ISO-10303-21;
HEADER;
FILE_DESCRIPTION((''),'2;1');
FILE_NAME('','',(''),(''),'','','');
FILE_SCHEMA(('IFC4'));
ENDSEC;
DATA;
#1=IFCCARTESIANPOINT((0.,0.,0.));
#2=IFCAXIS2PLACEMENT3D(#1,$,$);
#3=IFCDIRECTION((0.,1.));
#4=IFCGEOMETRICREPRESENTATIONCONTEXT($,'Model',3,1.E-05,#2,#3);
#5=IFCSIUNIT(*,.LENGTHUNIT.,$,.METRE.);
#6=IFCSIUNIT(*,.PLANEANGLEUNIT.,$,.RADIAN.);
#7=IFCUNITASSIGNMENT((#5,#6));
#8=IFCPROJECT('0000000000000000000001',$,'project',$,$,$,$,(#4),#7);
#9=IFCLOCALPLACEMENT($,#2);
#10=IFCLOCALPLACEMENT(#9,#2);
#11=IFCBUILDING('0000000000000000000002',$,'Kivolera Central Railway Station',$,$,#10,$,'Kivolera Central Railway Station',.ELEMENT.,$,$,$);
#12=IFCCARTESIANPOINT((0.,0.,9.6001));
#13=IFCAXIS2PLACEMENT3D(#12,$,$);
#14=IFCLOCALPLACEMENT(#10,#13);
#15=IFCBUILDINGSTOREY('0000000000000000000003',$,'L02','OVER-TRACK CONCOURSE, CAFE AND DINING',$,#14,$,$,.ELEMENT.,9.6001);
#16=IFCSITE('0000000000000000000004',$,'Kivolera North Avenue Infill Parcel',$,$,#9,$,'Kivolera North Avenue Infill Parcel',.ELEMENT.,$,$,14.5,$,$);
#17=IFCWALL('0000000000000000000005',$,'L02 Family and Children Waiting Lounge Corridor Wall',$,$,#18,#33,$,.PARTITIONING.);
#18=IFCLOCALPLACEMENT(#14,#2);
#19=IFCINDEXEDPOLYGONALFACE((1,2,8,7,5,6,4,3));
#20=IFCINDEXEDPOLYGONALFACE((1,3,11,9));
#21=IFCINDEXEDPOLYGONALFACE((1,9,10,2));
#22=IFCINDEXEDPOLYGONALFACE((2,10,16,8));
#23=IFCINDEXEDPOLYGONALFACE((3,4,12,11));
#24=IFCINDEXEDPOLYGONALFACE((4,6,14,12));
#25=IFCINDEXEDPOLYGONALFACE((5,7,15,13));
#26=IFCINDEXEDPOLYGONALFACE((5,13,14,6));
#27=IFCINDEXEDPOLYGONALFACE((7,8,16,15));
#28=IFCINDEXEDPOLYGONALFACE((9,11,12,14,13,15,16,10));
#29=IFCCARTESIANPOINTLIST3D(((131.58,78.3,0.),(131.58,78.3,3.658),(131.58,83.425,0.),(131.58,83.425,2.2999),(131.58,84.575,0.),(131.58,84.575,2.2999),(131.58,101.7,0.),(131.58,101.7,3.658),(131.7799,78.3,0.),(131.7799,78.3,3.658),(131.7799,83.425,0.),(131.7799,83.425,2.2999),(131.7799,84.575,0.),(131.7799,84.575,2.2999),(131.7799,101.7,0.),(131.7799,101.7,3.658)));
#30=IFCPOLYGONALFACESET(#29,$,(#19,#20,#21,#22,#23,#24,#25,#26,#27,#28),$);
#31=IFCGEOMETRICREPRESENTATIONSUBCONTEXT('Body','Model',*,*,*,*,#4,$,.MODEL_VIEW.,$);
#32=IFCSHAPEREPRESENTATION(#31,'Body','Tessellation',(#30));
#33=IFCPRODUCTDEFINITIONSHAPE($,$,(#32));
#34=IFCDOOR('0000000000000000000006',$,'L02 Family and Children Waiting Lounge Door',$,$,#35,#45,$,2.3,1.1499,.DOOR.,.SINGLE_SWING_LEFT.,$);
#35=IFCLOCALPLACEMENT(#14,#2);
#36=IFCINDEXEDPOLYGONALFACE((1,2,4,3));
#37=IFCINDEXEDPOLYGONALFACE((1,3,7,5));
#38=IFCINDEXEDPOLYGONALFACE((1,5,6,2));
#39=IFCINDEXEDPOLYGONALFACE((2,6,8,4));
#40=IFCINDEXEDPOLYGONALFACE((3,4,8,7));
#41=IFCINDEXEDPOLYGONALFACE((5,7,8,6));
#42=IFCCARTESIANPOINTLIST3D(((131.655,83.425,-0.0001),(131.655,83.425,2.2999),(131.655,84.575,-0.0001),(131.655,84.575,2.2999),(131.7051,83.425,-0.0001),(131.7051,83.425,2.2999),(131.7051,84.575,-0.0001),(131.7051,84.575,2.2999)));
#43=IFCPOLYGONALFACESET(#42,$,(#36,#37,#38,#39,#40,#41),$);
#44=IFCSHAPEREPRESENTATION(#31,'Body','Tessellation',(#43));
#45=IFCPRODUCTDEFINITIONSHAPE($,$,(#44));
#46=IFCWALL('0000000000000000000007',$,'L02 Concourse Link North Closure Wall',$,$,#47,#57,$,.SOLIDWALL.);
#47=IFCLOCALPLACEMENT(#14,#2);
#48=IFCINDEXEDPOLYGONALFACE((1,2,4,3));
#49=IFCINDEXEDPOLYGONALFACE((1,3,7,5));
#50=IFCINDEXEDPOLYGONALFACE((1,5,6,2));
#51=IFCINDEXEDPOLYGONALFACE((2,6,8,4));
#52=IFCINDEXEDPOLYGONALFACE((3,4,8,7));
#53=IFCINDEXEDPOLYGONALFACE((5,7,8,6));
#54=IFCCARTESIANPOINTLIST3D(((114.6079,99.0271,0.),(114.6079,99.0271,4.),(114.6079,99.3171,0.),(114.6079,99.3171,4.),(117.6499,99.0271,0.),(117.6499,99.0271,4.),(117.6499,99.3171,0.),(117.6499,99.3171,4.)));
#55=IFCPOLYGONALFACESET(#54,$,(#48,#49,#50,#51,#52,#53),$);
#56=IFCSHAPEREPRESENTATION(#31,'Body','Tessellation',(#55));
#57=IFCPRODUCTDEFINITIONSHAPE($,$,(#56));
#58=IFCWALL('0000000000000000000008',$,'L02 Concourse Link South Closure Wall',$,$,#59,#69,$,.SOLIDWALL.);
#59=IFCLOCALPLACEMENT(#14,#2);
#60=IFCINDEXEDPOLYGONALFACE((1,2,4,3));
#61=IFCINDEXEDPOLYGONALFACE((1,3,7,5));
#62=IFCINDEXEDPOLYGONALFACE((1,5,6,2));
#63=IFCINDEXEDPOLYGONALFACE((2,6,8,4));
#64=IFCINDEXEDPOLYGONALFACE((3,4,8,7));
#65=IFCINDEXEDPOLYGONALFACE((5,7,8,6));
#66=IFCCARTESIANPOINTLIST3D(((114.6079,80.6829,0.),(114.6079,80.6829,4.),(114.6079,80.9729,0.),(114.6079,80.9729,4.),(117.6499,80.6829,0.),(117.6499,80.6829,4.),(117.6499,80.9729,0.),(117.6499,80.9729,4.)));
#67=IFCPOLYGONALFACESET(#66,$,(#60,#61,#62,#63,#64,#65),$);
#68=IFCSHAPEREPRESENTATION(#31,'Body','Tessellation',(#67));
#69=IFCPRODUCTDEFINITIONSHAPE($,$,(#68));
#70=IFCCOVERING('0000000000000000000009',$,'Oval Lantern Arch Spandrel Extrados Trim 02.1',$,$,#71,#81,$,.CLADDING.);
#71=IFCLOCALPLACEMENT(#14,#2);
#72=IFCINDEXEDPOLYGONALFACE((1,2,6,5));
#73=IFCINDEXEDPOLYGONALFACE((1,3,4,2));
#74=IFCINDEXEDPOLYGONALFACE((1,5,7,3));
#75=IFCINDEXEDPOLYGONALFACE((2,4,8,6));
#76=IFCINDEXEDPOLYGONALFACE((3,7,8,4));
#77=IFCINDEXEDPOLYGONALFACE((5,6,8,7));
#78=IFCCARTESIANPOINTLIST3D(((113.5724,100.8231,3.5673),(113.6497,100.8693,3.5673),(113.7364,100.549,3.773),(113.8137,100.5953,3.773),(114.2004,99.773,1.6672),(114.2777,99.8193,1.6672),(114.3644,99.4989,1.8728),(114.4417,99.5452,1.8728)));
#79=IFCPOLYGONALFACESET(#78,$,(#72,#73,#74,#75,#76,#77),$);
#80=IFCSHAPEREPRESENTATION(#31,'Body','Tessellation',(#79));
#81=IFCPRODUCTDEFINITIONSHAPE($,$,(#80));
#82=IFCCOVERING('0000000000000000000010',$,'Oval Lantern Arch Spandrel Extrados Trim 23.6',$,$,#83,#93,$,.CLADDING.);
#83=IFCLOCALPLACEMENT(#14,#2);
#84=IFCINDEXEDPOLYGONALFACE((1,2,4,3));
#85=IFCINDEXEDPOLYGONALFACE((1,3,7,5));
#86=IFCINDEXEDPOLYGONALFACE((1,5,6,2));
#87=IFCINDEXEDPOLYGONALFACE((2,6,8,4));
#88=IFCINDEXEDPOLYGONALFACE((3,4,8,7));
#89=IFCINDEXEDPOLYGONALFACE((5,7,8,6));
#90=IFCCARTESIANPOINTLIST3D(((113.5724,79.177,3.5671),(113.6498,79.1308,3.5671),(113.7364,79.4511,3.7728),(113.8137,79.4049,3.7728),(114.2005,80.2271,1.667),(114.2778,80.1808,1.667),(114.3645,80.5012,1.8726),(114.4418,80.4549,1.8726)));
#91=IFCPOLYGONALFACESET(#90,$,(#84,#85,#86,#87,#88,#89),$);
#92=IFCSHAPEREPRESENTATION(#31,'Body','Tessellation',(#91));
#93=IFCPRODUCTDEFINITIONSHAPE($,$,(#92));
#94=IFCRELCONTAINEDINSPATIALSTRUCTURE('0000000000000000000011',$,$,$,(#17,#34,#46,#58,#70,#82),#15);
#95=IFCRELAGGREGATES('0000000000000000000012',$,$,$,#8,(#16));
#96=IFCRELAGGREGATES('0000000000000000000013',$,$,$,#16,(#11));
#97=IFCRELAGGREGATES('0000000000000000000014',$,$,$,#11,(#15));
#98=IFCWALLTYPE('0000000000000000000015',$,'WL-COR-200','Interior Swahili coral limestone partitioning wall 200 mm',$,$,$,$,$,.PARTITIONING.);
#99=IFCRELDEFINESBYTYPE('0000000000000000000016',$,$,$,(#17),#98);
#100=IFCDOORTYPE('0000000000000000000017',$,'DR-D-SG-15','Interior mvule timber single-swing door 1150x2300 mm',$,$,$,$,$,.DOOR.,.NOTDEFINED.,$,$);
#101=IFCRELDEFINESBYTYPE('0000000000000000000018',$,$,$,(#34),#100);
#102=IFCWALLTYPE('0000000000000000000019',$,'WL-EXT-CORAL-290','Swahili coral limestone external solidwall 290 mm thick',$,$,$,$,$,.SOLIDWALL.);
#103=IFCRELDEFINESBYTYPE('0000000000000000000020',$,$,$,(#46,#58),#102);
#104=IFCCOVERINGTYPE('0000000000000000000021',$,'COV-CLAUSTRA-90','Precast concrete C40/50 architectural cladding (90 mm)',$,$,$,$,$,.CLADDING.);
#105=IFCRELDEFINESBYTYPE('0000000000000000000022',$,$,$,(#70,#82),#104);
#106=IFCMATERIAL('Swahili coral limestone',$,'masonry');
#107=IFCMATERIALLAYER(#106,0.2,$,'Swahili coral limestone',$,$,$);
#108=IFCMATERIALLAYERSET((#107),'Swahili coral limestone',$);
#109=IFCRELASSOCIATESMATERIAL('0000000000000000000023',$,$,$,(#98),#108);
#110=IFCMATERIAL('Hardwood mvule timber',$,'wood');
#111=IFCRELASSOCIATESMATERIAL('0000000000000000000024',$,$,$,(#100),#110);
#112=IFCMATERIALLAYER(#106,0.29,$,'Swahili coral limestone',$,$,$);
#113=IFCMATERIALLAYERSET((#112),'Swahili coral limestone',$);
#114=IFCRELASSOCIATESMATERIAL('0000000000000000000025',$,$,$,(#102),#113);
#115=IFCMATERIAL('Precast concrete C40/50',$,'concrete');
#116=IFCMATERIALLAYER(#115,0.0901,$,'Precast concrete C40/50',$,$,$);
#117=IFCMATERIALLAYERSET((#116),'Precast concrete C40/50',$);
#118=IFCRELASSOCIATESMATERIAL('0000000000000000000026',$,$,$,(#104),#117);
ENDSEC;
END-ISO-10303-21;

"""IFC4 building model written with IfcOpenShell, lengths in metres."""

from ifc_helpers import new_model, si_unit, direction, frame, frame_2d, origin, origin_2d, place, context, subcontext, project, spatial, rectangle, extrude, material, layer, layer_set, type_object, element, fill, save


model = new_model("IFC4")

# Units and contexts
model_context = context("Model", 3, precision=1e-05, world=origin(), true_north=direction((0.0, 1.0)))
body_context = subcontext(model_context, "Body", "Model", "MODEL_VIEW")
ifc_project = project(units=[si_unit("LENGTHUNIT", "METRE"), si_unit("PLANEANGLEUNIT", "RADIAN")], contexts=[model_context])

# Site, building, storey
site_placement = place(None, origin())
site = spatial("IfcSite", under=ifc_project, at=site_placement, Name="Kivolera North Avenue Infill Parcel", LongName="Kivolera North Avenue Infill Parcel", CompositionType="ELEMENT", RefElevation=14.5)
building_placement = place(site_placement, origin())
building = spatial("IfcBuilding", under=site, at=building_placement, Name="Kivolera Central Railway Station", LongName="Kivolera Central Railway Station", CompositionType="ELEMENT")
storey_placement = place(building_placement, frame((0.0, 0.0, 9.6001)))
storey = spatial("IfcBuildingStorey", under=building, at=storey_placement, Name="L02", Description="OVER-TRACK CONCOURSE, CAFE AND DINING", CompositionType="ELEMENT", Elevation=9.6001)

# Wall, opening, door
ifc_material_1 = material(Name="Swahili coral limestone", Category="masonry")
ifc_layer_1 = layer(ifc_material_1, 0.2, Name="Swahili coral limestone")
ifc_layer_set_1 = layer_set([ifc_layer_1], Name="Swahili coral limestone")
wall_type_1 = type_object("IfcWallType", Name="WL-COR-200", Description="Interior Swahili coral limestone partitioning wall 200 mm", PredefinedType="PARTITIONING", material=ifc_layer_set_1)
wall_1_placement = place(storey_placement, frame((131.6799, 78.3, 0.0), z_axis=(0.0, 0.0, 1.0), x_axis=(0.0, 1.0, 0.0)))
wall_1 = element("IfcWall", 1, at=wall_1_placement, inside=storey, type_object=wall_type_1, Name="L02 Family and Children Waiting Lounge Corridor Wall", PredefinedType="PARTITIONING", context=body_context, shape_type="SweptSolid", body=[
    extrude(rectangle(XDim=23.3999, YDim=0.2, at=frame_2d((11.7, 0.0))), origin(), (0.0, 0.0, 1.0), 3.658),
])
opening_1_placement = place(wall_1_placement, frame((5.125, 0.0, 0.0)))
opening_1 = element("IfcOpeningElement", 2, at=opening_1_placement, cuts=wall_1, PredefinedType="OPENING", context=body_context, shape_type="SweptSolid", body=[
    extrude(rectangle(XDim=1.1499, YDim=2.3, at=frame_2d((0.575, 1.1499))), frame((0.0, 0.1099, 0.0), z_axis=(0.0, -1.0, 0.0), x_axis=(1.0, 0.0, 0.0)), (0.0, 0.0, 1.0), 0.22),
])
ifc_material_2 = material(Name="Hardwood mvule timber", Category="wood")
door_type_1 = type_object("IfcDoorType", Name="DR-D-SG-15", Description="Interior mvule timber single-swing door 1150x2300 mm", OperationType="NOTDEFINED", PredefinedType="DOOR", material=ifc_material_2)
door_1_placement = place(opening_1_placement, origin())
door_1 = element("IfcDoor", 3, at=door_1_placement, inside=storey, type_object=door_type_1, Name="L02 Family and Children Waiting Lounge Door", OperationType="SINGLE_SWING_LEFT", OverallHeight=2.3, OverallWidth=1.1499, PredefinedType="DOOR", context=body_context, shape_type="SweptSolid", body=[
    extrude(rectangle(XDim=1.1499, YDim=2.3, at=frame_2d((0.575, 1.1499))), frame((0.0, 0.0249, 0.0), z_axis=(0.0, -1.0, 0.0), x_axis=(1.0, 0.0, 0.0)), (0.0, 0.0, 1.0), 0.05),
])
fill(opening_1, door_1)

# Walls
ifc_layer_2 = layer(ifc_material_1, 0.29, Name="Swahili coral limestone")
ifc_layer_set_2 = layer_set([ifc_layer_2], Name="Swahili coral limestone")
wall_type_2 = type_object("IfcWallType", Name="WL-EXT-CORAL-290", Description="Swahili coral limestone external solidwall 290 mm thick", PredefinedType="SOLIDWALL", material=ifc_layer_set_2)
for number, where, z_axis, x_axis, name in (
    (4, (114.6079, 99.1721, 0.0), (0.0, 0.0, 1.0), (1.0, 0.0, 0.0), "L02 Concourse Link North Closure Wall"),
    (5, (117.6499, 80.8279, 0.0), (0.0, 0.0, 1.0), (-1.0, 0.0, 0.0), "L02 Concourse Link South Closure Wall"),
):
    element("IfcWall", number, at=place(storey_placement, frame(where, z_axis=z_axis, x_axis=x_axis)), inside=storey, type_object=wall_type_2, Name=name, PredefinedType="SOLIDWALL", context=body_context, shape_type="SweptSolid", body=[
        extrude(rectangle(XDim=3.042, YDim=0.29, at=frame_2d((1.521, 0.0))), origin(), (0.0, 0.0, 1.0), 4.0),
    ])

# Coverings
ifc_material_3 = material(Name="Precast concrete C40/50", Category="concrete")
ifc_layer_3 = layer(ifc_material_3, 0.0901, Name="Precast concrete C40/50")
ifc_layer_set_3 = layer_set([ifc_layer_3], Name="Precast concrete C40/50")
covering_type = type_object("IfcCoveringType", Name="COV-CLAUSTRA-90", Description="Precast concrete C40/50 architectural cladding (90 mm)", PredefinedType="CLADDING", material=ifc_layer_set_3)
for number, where, z_axis, x_axis, name in (
    (6, (114.0071, 100.1841, 2.72), (-0.277896, 0.464634, 0.840767), (0.858138, 0.51342, 0.0), "Oval Lantern Arch Spandrel Extrados Trim 02.1"),
    (7, (114.0071, 79.8159, 2.72), (0.277896, 0.464634, -0.840767), (0.858138, -0.51342, 0.0), "Oval Lantern Arch Spandrel Extrados Trim 23.6"),
):
    element("IfcCovering", number, at=place(storey_placement, frame(where, z_axis=z_axis, x_axis=x_axis)), inside=storey, type_object=covering_type, Name=name, PredefinedType="CLADDING", context=body_context, shape_type="SweptSolid", body=[
        extrude(rectangle(XDim=0.0901, YDim=0.3799, at=origin_2d()), frame((0.0, 0.0, -1.1299)), (0.0, 0.0, 1.0), 2.26),
    ])

save(model, "model.ifc")
